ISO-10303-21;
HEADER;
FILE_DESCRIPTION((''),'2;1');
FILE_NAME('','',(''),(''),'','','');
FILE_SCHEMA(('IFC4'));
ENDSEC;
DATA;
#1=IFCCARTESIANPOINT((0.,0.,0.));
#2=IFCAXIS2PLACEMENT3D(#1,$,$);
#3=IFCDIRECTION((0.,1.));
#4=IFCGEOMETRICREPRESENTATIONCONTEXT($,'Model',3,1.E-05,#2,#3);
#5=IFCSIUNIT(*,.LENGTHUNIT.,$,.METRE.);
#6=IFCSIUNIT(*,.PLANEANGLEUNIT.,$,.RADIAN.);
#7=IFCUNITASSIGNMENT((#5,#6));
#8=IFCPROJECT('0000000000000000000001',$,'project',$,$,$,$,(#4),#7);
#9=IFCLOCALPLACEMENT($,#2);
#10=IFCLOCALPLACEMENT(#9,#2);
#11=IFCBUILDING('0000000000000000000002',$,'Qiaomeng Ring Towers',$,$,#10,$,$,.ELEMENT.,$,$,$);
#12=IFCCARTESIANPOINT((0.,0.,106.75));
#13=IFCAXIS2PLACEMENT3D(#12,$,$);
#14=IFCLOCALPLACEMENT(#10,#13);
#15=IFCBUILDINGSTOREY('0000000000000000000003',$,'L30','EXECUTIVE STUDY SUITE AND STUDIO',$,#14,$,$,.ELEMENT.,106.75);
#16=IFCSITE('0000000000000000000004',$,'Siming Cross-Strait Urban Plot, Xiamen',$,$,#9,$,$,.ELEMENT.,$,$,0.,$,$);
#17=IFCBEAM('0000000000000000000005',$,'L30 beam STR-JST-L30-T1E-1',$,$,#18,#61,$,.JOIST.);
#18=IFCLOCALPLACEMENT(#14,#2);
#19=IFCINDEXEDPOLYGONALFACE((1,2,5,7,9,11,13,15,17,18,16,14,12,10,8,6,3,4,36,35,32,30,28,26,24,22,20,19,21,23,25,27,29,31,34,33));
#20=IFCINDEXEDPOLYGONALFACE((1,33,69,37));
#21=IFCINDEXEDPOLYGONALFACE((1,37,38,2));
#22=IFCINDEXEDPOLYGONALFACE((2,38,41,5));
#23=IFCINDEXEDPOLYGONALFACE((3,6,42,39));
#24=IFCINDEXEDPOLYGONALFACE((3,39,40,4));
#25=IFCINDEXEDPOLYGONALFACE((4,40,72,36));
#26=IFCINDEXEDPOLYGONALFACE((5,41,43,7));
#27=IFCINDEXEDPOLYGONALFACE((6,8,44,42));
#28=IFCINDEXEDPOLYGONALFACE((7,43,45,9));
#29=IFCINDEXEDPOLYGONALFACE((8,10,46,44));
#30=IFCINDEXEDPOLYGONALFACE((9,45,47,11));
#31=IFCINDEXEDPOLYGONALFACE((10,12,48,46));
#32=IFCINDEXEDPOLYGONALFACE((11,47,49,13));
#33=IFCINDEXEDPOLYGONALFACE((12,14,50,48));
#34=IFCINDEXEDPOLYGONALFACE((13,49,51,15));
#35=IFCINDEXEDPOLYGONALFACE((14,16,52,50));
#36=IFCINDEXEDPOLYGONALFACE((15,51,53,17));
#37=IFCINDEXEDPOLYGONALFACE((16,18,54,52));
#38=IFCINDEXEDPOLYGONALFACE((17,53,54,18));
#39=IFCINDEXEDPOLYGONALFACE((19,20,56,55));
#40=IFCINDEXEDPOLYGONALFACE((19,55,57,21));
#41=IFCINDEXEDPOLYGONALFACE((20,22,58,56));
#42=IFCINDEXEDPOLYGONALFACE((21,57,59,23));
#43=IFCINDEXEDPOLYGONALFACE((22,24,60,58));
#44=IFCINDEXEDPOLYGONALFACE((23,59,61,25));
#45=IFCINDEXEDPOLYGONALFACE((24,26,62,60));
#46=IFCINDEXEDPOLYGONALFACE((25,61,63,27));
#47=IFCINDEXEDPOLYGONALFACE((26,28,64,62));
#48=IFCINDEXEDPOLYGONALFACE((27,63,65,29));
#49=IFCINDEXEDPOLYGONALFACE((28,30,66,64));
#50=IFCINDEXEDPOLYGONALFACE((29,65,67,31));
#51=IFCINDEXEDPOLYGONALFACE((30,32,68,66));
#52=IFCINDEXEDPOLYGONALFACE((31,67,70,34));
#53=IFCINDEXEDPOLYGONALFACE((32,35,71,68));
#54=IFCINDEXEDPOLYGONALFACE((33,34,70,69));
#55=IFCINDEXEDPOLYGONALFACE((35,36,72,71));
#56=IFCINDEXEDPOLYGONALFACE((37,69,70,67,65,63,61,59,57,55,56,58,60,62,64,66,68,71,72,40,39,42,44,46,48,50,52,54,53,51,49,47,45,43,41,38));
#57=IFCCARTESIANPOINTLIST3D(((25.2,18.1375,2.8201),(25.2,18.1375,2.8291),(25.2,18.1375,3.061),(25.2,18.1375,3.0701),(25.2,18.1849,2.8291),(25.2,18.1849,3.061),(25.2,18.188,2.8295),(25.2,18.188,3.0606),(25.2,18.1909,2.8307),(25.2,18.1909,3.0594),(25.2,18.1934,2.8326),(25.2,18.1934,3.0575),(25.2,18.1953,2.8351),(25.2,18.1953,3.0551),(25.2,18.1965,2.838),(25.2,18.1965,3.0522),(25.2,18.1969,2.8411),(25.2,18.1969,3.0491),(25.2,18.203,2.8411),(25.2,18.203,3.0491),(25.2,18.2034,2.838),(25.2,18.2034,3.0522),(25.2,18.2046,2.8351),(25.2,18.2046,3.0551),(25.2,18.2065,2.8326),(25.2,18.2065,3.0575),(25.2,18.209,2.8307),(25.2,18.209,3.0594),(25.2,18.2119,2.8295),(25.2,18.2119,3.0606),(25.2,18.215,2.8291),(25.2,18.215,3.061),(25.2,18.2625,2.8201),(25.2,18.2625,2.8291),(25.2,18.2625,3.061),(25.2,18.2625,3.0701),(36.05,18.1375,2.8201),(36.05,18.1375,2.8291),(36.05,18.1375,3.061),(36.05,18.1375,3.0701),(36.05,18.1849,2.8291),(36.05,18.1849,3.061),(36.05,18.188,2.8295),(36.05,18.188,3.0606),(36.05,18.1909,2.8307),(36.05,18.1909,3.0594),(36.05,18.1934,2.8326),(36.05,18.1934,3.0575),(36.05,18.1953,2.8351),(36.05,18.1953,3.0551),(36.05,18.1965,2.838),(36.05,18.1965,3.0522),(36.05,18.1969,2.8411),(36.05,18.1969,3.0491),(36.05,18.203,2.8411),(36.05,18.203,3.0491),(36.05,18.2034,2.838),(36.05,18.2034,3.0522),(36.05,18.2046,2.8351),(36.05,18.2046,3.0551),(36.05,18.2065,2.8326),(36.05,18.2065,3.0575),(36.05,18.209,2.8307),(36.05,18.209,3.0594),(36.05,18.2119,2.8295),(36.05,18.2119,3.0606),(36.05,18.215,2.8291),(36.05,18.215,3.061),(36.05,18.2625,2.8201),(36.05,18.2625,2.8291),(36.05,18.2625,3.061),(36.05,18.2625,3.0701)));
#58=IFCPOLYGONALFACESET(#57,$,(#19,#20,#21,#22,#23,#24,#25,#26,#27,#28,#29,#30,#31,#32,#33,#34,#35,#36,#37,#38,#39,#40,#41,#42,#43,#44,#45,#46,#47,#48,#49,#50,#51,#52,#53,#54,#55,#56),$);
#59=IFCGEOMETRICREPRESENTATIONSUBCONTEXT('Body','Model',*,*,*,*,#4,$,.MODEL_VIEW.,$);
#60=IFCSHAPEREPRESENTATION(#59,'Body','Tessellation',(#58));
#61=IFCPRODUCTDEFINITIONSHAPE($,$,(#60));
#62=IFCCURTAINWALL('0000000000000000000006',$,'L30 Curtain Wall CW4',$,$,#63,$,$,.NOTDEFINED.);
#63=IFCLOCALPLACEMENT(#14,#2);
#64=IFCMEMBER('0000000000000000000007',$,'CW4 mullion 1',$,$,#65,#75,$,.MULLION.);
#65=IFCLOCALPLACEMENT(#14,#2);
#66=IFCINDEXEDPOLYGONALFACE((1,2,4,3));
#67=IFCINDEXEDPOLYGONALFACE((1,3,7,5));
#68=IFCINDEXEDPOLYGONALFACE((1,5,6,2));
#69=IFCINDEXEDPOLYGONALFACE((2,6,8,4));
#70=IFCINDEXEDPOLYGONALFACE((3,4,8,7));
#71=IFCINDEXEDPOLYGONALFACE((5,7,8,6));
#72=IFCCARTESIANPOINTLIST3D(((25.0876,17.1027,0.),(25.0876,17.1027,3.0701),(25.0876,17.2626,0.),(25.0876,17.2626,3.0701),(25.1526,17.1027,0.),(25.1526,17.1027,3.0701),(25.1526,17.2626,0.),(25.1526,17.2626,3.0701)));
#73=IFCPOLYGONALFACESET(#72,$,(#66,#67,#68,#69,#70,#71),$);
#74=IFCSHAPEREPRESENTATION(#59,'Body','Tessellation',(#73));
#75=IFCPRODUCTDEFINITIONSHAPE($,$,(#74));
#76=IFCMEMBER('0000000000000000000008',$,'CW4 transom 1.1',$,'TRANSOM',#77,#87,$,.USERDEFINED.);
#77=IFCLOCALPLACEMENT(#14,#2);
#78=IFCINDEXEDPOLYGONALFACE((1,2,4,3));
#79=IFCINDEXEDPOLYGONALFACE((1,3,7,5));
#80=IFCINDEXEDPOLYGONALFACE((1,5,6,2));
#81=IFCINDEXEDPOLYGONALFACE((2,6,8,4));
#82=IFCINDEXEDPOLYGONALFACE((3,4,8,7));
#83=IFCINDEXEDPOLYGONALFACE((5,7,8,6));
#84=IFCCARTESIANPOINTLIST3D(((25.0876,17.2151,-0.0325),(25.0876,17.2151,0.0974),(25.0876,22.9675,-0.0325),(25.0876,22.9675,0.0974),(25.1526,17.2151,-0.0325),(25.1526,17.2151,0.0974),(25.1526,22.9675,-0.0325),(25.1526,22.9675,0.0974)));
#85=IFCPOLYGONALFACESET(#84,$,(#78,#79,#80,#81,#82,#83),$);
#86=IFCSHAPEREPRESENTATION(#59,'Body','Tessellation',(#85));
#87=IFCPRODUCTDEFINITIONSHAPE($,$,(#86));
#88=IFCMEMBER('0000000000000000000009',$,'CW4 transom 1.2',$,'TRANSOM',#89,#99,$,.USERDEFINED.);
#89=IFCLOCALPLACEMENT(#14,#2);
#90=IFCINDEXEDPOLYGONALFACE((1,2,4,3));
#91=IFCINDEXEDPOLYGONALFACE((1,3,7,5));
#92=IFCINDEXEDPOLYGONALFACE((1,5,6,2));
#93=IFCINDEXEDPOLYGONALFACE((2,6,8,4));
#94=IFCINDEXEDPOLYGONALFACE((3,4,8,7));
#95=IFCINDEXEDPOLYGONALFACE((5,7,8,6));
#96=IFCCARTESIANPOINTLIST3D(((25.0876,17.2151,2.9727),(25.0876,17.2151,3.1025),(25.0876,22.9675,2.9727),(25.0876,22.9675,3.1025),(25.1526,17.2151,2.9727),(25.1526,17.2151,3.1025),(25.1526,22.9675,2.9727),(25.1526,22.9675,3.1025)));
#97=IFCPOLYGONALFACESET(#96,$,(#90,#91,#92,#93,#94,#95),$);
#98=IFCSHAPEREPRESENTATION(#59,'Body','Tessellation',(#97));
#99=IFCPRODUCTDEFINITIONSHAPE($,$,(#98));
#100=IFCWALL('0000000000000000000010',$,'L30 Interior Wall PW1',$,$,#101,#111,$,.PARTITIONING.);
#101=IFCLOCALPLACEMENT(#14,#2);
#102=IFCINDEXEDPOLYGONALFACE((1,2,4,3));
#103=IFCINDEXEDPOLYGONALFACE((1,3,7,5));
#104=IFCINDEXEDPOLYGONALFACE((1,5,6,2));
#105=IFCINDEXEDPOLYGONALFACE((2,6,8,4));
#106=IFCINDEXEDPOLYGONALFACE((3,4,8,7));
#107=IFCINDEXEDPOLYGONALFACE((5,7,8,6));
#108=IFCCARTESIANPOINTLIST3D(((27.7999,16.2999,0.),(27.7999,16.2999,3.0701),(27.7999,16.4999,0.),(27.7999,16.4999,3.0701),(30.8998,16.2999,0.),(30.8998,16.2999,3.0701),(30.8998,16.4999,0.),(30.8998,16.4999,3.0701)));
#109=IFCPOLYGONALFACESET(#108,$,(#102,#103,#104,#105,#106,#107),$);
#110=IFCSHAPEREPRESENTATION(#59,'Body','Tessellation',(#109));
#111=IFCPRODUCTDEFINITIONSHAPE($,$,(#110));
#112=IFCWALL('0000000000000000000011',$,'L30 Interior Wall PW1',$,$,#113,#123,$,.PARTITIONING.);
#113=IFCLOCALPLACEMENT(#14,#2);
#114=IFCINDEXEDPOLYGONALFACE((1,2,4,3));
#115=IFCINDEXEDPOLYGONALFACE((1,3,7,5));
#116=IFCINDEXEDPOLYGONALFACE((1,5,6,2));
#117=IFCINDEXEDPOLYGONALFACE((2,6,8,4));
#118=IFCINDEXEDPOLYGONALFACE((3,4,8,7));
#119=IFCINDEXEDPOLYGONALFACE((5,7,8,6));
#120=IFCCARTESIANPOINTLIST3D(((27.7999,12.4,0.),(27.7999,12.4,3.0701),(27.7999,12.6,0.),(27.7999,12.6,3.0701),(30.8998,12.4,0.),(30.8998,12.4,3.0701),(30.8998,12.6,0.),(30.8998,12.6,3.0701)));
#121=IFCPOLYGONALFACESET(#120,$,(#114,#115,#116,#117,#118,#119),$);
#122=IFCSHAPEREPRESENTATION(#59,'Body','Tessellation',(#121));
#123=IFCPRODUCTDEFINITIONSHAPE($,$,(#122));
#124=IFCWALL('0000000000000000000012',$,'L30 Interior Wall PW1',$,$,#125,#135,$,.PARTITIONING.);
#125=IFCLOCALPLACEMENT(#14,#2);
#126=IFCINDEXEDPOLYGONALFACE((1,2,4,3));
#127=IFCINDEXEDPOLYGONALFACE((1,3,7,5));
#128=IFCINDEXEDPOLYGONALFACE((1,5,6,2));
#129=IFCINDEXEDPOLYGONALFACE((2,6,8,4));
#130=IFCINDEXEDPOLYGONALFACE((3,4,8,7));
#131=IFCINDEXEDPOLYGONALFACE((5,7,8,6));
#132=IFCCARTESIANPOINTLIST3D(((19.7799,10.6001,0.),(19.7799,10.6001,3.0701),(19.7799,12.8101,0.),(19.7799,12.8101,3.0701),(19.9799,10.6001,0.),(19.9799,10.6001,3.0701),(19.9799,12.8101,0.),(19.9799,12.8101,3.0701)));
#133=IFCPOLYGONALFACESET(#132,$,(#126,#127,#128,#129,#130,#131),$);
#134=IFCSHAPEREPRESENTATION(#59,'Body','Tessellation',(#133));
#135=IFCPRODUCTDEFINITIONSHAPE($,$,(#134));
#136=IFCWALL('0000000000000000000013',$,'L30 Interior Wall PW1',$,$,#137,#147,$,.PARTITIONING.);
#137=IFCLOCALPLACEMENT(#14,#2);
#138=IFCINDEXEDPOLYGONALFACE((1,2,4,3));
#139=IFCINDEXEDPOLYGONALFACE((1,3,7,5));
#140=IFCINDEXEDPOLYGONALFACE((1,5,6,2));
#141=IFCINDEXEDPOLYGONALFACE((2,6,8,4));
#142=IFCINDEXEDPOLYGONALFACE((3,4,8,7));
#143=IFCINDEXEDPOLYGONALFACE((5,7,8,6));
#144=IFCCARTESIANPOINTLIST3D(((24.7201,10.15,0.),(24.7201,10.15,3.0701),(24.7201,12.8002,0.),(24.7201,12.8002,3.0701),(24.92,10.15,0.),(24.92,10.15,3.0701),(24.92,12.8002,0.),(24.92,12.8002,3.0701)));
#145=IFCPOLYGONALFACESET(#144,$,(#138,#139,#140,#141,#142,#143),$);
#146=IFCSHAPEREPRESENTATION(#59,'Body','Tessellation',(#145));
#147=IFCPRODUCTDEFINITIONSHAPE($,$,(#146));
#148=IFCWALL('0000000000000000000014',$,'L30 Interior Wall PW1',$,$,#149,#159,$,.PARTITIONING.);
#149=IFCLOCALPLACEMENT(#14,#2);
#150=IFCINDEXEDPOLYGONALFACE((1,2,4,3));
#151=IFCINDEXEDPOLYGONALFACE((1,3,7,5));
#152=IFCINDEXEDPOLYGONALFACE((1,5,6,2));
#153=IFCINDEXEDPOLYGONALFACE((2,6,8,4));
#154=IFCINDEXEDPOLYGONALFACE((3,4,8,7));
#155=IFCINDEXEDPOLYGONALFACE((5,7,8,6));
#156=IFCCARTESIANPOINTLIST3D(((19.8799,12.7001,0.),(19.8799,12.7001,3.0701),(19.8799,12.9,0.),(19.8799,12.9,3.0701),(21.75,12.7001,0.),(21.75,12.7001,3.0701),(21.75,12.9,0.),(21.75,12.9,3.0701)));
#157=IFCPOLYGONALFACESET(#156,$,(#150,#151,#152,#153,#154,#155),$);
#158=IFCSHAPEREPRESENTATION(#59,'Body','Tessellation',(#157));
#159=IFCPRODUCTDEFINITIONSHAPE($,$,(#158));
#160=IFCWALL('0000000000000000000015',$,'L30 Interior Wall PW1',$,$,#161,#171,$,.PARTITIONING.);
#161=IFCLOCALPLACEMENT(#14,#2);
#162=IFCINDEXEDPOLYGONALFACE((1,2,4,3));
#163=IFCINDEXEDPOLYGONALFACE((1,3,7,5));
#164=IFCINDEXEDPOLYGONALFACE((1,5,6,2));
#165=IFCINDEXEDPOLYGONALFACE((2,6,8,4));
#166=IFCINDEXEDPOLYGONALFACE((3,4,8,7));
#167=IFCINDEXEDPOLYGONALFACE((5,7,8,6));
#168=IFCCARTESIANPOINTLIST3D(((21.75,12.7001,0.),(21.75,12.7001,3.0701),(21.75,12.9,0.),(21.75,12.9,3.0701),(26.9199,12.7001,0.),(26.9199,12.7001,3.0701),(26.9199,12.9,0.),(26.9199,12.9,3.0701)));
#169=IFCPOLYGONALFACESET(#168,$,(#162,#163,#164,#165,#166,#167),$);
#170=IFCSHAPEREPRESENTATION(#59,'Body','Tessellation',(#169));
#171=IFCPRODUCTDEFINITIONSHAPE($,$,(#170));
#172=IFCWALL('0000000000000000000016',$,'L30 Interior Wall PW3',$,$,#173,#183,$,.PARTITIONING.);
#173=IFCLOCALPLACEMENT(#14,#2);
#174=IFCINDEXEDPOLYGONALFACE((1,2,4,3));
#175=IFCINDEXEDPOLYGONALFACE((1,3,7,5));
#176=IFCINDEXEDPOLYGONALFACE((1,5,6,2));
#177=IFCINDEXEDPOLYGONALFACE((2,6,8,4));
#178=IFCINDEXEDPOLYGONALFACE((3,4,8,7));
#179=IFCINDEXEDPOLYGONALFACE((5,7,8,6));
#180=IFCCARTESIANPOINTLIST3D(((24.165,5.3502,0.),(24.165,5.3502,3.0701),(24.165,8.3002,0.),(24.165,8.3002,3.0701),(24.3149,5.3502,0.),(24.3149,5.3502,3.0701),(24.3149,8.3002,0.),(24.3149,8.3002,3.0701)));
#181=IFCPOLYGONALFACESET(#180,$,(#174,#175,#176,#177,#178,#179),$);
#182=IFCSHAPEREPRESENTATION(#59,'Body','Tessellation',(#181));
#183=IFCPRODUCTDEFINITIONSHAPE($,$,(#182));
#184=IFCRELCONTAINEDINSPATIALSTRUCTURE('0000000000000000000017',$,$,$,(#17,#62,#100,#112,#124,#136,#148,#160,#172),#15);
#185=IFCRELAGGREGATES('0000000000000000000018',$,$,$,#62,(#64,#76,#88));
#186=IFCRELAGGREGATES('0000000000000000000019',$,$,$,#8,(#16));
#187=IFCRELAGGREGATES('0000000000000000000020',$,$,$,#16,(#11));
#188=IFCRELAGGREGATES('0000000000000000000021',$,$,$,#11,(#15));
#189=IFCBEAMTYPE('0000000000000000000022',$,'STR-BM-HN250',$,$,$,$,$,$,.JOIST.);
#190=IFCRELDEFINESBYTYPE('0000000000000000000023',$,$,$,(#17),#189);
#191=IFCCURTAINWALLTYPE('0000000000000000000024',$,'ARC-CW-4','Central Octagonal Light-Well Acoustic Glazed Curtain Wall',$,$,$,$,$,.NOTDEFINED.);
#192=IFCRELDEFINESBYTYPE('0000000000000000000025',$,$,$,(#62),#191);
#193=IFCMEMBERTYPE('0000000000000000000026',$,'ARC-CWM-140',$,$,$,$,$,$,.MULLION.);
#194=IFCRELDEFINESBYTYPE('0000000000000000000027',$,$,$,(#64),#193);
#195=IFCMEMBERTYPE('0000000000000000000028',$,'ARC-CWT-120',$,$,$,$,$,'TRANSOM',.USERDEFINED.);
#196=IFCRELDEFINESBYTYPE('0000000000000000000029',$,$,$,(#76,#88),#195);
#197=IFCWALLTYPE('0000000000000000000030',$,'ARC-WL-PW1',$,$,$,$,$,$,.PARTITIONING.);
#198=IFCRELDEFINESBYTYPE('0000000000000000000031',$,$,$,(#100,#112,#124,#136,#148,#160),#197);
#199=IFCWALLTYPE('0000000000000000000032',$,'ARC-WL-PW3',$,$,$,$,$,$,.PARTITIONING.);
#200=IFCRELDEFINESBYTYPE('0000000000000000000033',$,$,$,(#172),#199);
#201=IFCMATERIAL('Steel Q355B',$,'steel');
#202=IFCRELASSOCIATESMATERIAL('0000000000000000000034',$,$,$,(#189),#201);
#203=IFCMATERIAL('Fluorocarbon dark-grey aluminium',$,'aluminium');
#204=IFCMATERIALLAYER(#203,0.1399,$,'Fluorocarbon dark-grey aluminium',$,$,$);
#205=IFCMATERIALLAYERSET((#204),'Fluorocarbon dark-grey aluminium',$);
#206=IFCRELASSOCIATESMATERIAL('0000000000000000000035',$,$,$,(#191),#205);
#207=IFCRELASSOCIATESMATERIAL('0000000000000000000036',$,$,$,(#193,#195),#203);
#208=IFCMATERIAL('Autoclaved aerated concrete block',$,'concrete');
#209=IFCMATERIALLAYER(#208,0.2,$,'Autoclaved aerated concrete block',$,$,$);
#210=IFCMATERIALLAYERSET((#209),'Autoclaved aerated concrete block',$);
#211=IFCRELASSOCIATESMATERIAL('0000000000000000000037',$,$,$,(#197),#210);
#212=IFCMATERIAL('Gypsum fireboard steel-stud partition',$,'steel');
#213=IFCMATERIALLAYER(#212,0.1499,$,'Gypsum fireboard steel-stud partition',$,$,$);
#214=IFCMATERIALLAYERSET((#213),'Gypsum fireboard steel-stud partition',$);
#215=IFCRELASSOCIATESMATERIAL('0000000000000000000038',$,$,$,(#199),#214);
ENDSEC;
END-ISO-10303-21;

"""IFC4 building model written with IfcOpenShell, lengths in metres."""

from ifc_helpers import new_model, si_unit, direction, frame, frame_2d, origin, origin_2d, place, context, subcontext, project, spatial, rectangle, i_section, extrude, source, transform, mapped, material, layer, layer_set, material_profile, profile_set, type_object, element, aggregate, save


model = new_model("IFC4")

# Units and contexts
model_context = context("Model", 3, precision=1e-05, world=origin(), true_north=direction((0.0, 1.0)))
body_context = subcontext(model_context, "Body", "Model", "MODEL_VIEW")
ifc_project = project(units=[si_unit("LENGTHUNIT", "METRE"), si_unit("PLANEANGLEUNIT", "RADIAN")], contexts=[model_context])

# Site, building, storey
site_placement = place(None, origin())
site = spatial("IfcSite", under=ifc_project, at=site_placement, Name="Siming Cross-Strait Urban Plot, Xiamen", CompositionType="ELEMENT", RefElevation=0.0)
building_placement = place(site_placement, origin())
building = spatial("IfcBuilding", under=site, at=building_placement, Name="Qiaomeng Ring Towers", CompositionType="ELEMENT")
storey_placement = place(building_placement, frame((0.0, 0.0, 106.75)))
storey = spatial("IfcBuildingStorey", under=building, at=storey_placement, Name="L30", Description="EXECUTIVE STUDY SUITE AND STUDIO", CompositionType="ELEMENT", Elevation=106.75)

# Beam
ifc_material_1 = material(Name="Steel Q355B", Category="steel")
ifc_material_profile_1 = material_profile(ifc_material_1, i_section(OverallWidth=0.125, OverallDepth=0.25, WebThickness=0.0061, FlangeThickness=0.009, FilletRadius=0.012, at=origin_2d()), Name="HN 250x125x6x9")
ifc_profile_set_1 = profile_set([ifc_material_profile_1], Name="Steel Q355B")
beam_type_1 = type_object("IfcBeamType", Name="STR-BM-HN250", PredefinedType="JOIST", material=ifc_profile_set_1)
shared_shape_1 = source(origin(), body_context, "Body", "SweptSolid", [
    extrude(i_section(OverallWidth=0.125, OverallDepth=0.25, WebThickness=0.0061, FlangeThickness=0.009, FilletRadius=0.012, at=origin_2d()), origin(), (0.0, 0.0, 1.0), 10.8501),
])
beam_1_placement = place(storey_placement, frame((25.2, 18.2, 2.9451), z_axis=(1.0, 0.0, 0.0), x_axis=(0.0, 1.0, 0.0)))
element("IfcBeam", 1, at=beam_1_placement, inside=storey, type_object=beam_type_1, Name="L30 beam STR-JST-L30-T1E-1", PredefinedType="JOIST", context=body_context, shape_type="MappedRepresentation", body=[
    mapped(shared_shape_1, transform((0.0, 0.0, 0.0), x_axis=(1.0, 0.0, 0.0), y_axis=(0.0, 1.0, 0.0), z_axis=(0.0, 0.0, 1.0), scale=1.0)),
])

# Curtain wall, members
ifc_material_2 = material(Name="Fluorocarbon dark-grey aluminium", Category="aluminium")
ifc_layer_1 = layer(ifc_material_2, 0.1399, Name="Fluorocarbon dark-grey aluminium")
ifc_layer_set_1 = layer_set([ifc_layer_1], Name="Fluorocarbon dark-grey aluminium")
curtain_wall_type = type_object("IfcCurtainWallType", Name="ARC-CW-4", Description="Central Octagonal Light-Well Acoustic Glazed Curtain Wall", PredefinedType="NOTDEFINED", material=ifc_layer_set_1)
curtain_wall_placement = place(storey_placement, origin())
curtain_wall = element("IfcCurtainWall", 2, at=curtain_wall_placement, inside=storey, type_object=curtain_wall_type, Name="L30 Curtain Wall CW4", PredefinedType="NOTDEFINED")
ifc_material_profile_2 = material_profile(ifc_material_2, rectangle(XDim=0.0649, YDim=0.1599, at=origin_2d()), Name="ALU MULL 65x160")
ifc_profile_set_2 = profile_set([ifc_material_profile_2], Name="Fluorocarbon dark-grey aluminium")
member_type_1 = type_object("IfcMemberType", Name="ARC-CWM-140", PredefinedType="MULLION", material=ifc_profile_set_2)
shared_shape_2 = source(origin(), body_context, "Body", "SweptSolid", [
    extrude(rectangle(XDim=0.0649, YDim=0.1599, at=origin_2d()), origin(), (0.0, 0.0, 1.0), 3.0701),
])
member_1_placement = place(storey_placement, frame((25.1201, 17.1826, 0.0), z_axis=(0.0, 0.0, 1.0), x_axis=(-1.0, 0.0, 0.0)))
member_1 = element("IfcMember", 3, at=member_1_placement, type_object=member_type_1, Name="CW4 mullion 1", PredefinedType="MULLION", context=body_context, shape_type="MappedRepresentation", body=[
    mapped(shared_shape_2, transform((0.0, 0.0, 0.0), x_axis=(1.0, 0.0, 0.0), y_axis=(0.0, 1.0, 0.0), z_axis=(0.0, 0.0, 1.0), scale=1.0)),
])
ifc_material_profile_3 = material_profile(ifc_material_2, rectangle(XDim=0.0649, YDim=0.1299, at=origin_2d()), Name="ALU TRAN 65x130")
ifc_profile_set_3 = profile_set([ifc_material_profile_3], Name="Fluorocarbon dark-grey aluminium")
member_type_2 = type_object("IfcMemberType", Name="ARC-CWT-120", ElementType="TRANSOM", PredefinedType="USERDEFINED", material=ifc_profile_set_3)
shared_shape_3 = source(origin(), body_context, "Body", "SweptSolid", [
    extrude(rectangle(XDim=0.0649, YDim=0.1299, at=origin_2d()), origin(), (0.0, 0.0, 1.0), 5.7524),
])
member_2_placement = place(storey_placement, frame((25.1201, 17.2151, 0.0325), z_axis=(0.0, 1.0, 0.0), x_axis=(-1.0, 0.0, 0.0)))
member_2 = element("IfcMember", 4, at=member_2_placement, type_object=member_type_2, Name="CW4 transom 1.1", ObjectType="TRANSOM", PredefinedType="USERDEFINED", context=body_context, shape_type="MappedRepresentation", body=[
    mapped(shared_shape_3, transform((0.0, 0.0, 0.0), x_axis=(1.0, 0.0, 0.0), y_axis=(0.0, 1.0, 0.0), z_axis=(0.0, 0.0, 1.0), scale=1.0)),
])
member_3_placement = place(storey_placement, frame((25.1201, 17.2151, 3.0376), z_axis=(0.0, 1.0, 0.0), x_axis=(-1.0, 0.0, 0.0)))
member_3 = element("IfcMember", 5, at=member_3_placement, type_object=member_type_2, Name="CW4 transom 1.2", ObjectType="TRANSOM", PredefinedType="USERDEFINED", context=body_context, shape_type="MappedRepresentation", body=[
    mapped(shared_shape_3, transform((0.0, 0.0, 0.0), x_axis=(1.0, 0.0, 0.0), y_axis=(0.0, 1.0, 0.0), z_axis=(0.0, 0.0, 1.0), scale=1.0)),
])
aggregate(curtain_wall, [member_1, member_2, member_3])

# Walls
ifc_material_3 = material(Name="Autoclaved aerated concrete block", Category="concrete")
ifc_layer_2 = layer(ifc_material_3, 0.2, Name="Autoclaved aerated concrete block")
ifc_layer_set_2 = layer_set([ifc_layer_2], Name="Autoclaved aerated concrete block")
wall_type_1 = type_object("IfcWallType", Name="ARC-WL-PW1", PredefinedType="PARTITIONING", material=ifc_layer_set_2)
for number, where, z_axis, x_axis, name in (
    (6, (27.8, 16.3999, 0.0), (0.0, 0.0, 1.0), (1.0, 0.0, 0.0), "L30 Interior Wall PW1"),
    (7, (27.8, 12.5, 0.0), (0.0, 0.0, 1.0), (1.0, 0.0, 0.0), "L30 Interior Wall PW1"),
):
    element("IfcWall", number, at=place(storey_placement, frame(where, z_axis=z_axis, x_axis=x_axis)), inside=storey, type_object=wall_type_1, Name=name, PredefinedType="PARTITIONING", context=body_context, shape_type="SweptSolid", body=[
        extrude(rectangle(XDim=3.0999, YDim=0.2, at=frame_2d((1.5498, 0.0))), origin(), (0.0, 0.0, 1.0), 3.0701),
    ])
wall_1_placement = place(storey_placement, frame((19.8799, 10.6001, 0.0), z_axis=(0.0, 0.0, 1.0), x_axis=(0.0, 1.0, 0.0)))
element("IfcWall", 8, at=wall_1_placement, inside=storey, type_object=wall_type_1, Name="L30 Interior Wall PW1", PredefinedType="PARTITIONING", context=body_context, shape_type="SweptSolid", body=[
    extrude(rectangle(XDim=2.21, YDim=0.2, at=frame_2d((1.105, 0.0))), origin(), (0.0, 0.0, 1.0), 3.0701),
])
wall_2_placement = place(storey_placement, frame((24.8201, 10.1499, 0.0), z_axis=(0.0, 0.0, 1.0), x_axis=(0.0, 1.0, 0.0)))
element("IfcWall", 9, at=wall_2_placement, inside=storey, type_object=wall_type_1, Name="L30 Interior Wall PW1", PredefinedType="PARTITIONING", context=body_context, shape_type="SweptSolid", body=[
    extrude(rectangle(XDim=2.6501, YDim=0.2, at=frame_2d((1.3252, 0.0))), origin(), (0.0, 0.0, 1.0), 3.0701),
])
wall_3_placement = place(storey_placement, frame((19.8799, 12.8, 0.0), z_axis=(0.0, 0.0, 1.0), x_axis=(1.0, 0.0, 0.0)))
element("IfcWall", 10, at=wall_3_placement, inside=storey, type_object=wall_type_1, Name="L30 Interior Wall PW1", PredefinedType="PARTITIONING", context=body_context, shape_type="SweptSolid", body=[
    extrude(rectangle(XDim=1.8701, YDim=0.2, at=frame_2d((0.9351, 0.0))), origin(), (0.0, 0.0, 1.0), 3.0701),
])
wall_4_placement = place(storey_placement, frame((21.75, 12.8, 0.0), z_axis=(0.0, 0.0, 1.0), x_axis=(1.0, 0.0, 0.0)))
element("IfcWall", 11, at=wall_4_placement, inside=storey, type_object=wall_type_1, Name="L30 Interior Wall PW1", PredefinedType="PARTITIONING", context=body_context, shape_type="SweptSolid", body=[
    extrude(rectangle(XDim=5.1699, YDim=0.2, at=frame_2d((2.585, 0.0))), origin(), (0.0, 0.0, 1.0), 3.0701),
])
ifc_material_4 = material(Name="Gypsum fireboard steel-stud partition", Category="steel")
ifc_layer_3 = layer(ifc_material_4, 0.1499, Name="Gypsum fireboard steel-stud partition")
ifc_layer_set_3 = layer_set([ifc_layer_3], Name="Gypsum fireboard steel-stud partition")
wall_type_2 = type_object("IfcWallType", Name="ARC-WL-PW3", PredefinedType="PARTITIONING", material=ifc_layer_set_3)
wall_5_placement = place(storey_placement, frame((24.24, 5.3501, 0.0), z_axis=(0.0, 0.0, 1.0), x_axis=(0.0, 1.0, 0.0)))
element("IfcWall", 12, at=wall_5_placement, inside=storey, type_object=wall_type_2, Name="L30 Interior Wall PW3", PredefinedType="PARTITIONING", context=body_context, shape_type="SweptSolid", body=[
    extrude(rectangle(XDim=2.95, YDim=0.1499, at=frame_2d((1.4751, 0.0))), origin(), (0.0, 0.0, 1.0), 3.0701),
])

save(model, "model.ifc")
